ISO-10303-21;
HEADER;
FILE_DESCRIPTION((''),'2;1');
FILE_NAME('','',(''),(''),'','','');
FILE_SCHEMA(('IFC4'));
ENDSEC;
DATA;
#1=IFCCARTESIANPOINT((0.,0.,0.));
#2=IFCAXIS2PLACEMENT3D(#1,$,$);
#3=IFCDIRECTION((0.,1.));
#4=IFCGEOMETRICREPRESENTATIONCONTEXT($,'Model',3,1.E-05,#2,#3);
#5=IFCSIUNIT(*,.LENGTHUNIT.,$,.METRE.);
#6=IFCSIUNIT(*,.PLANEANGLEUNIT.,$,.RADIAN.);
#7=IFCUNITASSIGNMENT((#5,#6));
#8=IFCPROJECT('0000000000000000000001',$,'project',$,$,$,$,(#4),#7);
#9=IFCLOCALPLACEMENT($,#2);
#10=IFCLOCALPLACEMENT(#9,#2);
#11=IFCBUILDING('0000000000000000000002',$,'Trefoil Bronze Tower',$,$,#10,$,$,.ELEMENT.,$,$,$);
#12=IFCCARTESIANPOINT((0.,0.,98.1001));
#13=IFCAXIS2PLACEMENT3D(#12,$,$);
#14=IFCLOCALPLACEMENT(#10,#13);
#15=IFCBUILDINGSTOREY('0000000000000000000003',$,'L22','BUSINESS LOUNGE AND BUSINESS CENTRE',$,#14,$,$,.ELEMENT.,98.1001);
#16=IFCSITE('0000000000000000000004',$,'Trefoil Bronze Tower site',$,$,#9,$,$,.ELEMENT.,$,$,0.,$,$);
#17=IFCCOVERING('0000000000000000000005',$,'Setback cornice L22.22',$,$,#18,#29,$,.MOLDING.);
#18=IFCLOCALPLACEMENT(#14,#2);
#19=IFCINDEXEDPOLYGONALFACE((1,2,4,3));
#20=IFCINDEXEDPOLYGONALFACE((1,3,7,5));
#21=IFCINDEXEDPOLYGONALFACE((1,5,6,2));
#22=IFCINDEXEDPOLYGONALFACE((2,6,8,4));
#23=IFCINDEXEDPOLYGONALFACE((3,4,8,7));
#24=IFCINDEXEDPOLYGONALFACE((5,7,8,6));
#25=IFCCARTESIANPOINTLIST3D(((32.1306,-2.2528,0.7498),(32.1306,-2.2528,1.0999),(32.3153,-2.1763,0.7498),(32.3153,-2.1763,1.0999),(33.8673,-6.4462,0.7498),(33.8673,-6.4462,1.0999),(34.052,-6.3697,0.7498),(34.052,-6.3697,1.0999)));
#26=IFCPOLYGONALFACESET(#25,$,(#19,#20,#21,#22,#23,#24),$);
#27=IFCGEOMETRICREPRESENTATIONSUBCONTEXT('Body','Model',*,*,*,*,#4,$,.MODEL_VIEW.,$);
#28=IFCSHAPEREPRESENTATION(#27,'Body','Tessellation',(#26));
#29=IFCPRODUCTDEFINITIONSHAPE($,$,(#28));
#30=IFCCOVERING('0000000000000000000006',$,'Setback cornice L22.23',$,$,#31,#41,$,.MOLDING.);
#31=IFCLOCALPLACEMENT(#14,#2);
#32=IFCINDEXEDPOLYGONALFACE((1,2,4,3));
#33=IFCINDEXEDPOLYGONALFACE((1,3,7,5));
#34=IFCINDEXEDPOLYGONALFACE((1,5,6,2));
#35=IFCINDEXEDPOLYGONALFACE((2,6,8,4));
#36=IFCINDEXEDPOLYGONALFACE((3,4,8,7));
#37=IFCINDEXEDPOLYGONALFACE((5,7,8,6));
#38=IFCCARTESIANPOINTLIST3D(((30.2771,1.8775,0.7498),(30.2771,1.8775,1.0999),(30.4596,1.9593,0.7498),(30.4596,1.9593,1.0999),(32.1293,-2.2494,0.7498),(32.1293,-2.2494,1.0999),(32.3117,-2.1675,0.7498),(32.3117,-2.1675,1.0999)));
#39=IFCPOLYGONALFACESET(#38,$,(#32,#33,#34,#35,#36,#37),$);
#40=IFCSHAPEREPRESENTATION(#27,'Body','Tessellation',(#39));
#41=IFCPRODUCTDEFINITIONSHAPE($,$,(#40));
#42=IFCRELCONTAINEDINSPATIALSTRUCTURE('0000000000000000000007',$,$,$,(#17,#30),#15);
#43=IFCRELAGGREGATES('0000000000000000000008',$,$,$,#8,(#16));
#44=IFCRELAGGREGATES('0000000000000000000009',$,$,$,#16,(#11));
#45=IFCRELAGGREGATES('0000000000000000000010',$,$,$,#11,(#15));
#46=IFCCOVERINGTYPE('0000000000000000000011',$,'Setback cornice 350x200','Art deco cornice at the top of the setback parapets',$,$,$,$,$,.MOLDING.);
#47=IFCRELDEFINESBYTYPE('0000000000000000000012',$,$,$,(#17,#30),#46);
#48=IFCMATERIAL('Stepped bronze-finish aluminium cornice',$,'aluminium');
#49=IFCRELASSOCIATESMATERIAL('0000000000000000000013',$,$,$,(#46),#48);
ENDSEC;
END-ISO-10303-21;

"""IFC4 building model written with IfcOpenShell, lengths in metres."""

from ifc_helpers import new_model, si_unit, direction, frame, origin, origin_2d, place, context, subcontext, project, spatial, rectangle, extrude, material, type_object, element, save


model = new_model("IFC4")

# Units and contexts
model_context = context("Model", 3, precision=1e-05, world=origin(), true_north=direction((0.0, 1.0)))
body_context = subcontext(model_context, "Body", "Model", "MODEL_VIEW")
ifc_project = project(units=[si_unit("LENGTHUNIT", "METRE"), si_unit("PLANEANGLEUNIT", "RADIAN")], contexts=[model_context])

# Site, building, storey
site_placement = place(None, origin())
site = spatial("IfcSite", under=ifc_project, at=site_placement, Name="Trefoil Bronze Tower site", CompositionType="ELEMENT", RefElevation=0.0)
building_placement = place(site_placement, origin())
building = spatial("IfcBuilding", under=site, at=building_placement, Name="Trefoil Bronze Tower", CompositionType="ELEMENT")
storey_placement = place(building_placement, frame((0.0, 0.0, 98.1001)))
storey = spatial("IfcBuildingStorey", under=building, at=storey_placement, Name="L22", Description="BUSINESS LOUNGE AND BUSINESS CENTRE", CompositionType="ELEMENT", Elevation=98.1001)

# Coverings
ifc_material_1 = material(Name="Stepped bronze-finish aluminium cornice", Category="aluminium")
covering_type = type_object("IfcCoveringType", Name="Setback cornice 350x200", Description="Art deco cornice at the top of the setback parapets", PredefinedType="MOLDING", material=ifc_material_1)
covering_1_placement = place(storey_placement, frame((33.0913, -4.3113, 0.7498), z_axis=(0.0, 0.0, 1.0), x_axis=(-0.38263, 0.923902, 0.0)))
element("IfcCovering", 1, at=covering_1_placement, inside=storey, type_object=covering_type, Name="Setback cornice L22.22", PredefinedType="MOLDING", context=body_context, shape_type="SweptSolid", body=[
    extrude(rectangle(XDim=4.5388, YDim=0.2, at=origin_2d()), origin(), (0.0, 0.0, 1.0), 0.3501),
])
covering_2_placement = place(storey_placement, frame((31.2944, -0.145, 0.7498), z_axis=(0.0, 0.0, 1.0), x_axis=(-0.409456, 0.91233, 0.0)))
element("IfcCovering", 2, at=covering_2_placement, inside=storey, type_object=covering_type, Name="Setback cornice L22.23", PredefinedType="MOLDING", context=body_context, shape_type="SweptSolid", body=[
    extrude(rectangle(XDim=4.5234, YDim=0.2, at=origin_2d()), origin(), (0.0, 0.0, 1.0), 0.3501),
])

save(model, "model.ifc")
